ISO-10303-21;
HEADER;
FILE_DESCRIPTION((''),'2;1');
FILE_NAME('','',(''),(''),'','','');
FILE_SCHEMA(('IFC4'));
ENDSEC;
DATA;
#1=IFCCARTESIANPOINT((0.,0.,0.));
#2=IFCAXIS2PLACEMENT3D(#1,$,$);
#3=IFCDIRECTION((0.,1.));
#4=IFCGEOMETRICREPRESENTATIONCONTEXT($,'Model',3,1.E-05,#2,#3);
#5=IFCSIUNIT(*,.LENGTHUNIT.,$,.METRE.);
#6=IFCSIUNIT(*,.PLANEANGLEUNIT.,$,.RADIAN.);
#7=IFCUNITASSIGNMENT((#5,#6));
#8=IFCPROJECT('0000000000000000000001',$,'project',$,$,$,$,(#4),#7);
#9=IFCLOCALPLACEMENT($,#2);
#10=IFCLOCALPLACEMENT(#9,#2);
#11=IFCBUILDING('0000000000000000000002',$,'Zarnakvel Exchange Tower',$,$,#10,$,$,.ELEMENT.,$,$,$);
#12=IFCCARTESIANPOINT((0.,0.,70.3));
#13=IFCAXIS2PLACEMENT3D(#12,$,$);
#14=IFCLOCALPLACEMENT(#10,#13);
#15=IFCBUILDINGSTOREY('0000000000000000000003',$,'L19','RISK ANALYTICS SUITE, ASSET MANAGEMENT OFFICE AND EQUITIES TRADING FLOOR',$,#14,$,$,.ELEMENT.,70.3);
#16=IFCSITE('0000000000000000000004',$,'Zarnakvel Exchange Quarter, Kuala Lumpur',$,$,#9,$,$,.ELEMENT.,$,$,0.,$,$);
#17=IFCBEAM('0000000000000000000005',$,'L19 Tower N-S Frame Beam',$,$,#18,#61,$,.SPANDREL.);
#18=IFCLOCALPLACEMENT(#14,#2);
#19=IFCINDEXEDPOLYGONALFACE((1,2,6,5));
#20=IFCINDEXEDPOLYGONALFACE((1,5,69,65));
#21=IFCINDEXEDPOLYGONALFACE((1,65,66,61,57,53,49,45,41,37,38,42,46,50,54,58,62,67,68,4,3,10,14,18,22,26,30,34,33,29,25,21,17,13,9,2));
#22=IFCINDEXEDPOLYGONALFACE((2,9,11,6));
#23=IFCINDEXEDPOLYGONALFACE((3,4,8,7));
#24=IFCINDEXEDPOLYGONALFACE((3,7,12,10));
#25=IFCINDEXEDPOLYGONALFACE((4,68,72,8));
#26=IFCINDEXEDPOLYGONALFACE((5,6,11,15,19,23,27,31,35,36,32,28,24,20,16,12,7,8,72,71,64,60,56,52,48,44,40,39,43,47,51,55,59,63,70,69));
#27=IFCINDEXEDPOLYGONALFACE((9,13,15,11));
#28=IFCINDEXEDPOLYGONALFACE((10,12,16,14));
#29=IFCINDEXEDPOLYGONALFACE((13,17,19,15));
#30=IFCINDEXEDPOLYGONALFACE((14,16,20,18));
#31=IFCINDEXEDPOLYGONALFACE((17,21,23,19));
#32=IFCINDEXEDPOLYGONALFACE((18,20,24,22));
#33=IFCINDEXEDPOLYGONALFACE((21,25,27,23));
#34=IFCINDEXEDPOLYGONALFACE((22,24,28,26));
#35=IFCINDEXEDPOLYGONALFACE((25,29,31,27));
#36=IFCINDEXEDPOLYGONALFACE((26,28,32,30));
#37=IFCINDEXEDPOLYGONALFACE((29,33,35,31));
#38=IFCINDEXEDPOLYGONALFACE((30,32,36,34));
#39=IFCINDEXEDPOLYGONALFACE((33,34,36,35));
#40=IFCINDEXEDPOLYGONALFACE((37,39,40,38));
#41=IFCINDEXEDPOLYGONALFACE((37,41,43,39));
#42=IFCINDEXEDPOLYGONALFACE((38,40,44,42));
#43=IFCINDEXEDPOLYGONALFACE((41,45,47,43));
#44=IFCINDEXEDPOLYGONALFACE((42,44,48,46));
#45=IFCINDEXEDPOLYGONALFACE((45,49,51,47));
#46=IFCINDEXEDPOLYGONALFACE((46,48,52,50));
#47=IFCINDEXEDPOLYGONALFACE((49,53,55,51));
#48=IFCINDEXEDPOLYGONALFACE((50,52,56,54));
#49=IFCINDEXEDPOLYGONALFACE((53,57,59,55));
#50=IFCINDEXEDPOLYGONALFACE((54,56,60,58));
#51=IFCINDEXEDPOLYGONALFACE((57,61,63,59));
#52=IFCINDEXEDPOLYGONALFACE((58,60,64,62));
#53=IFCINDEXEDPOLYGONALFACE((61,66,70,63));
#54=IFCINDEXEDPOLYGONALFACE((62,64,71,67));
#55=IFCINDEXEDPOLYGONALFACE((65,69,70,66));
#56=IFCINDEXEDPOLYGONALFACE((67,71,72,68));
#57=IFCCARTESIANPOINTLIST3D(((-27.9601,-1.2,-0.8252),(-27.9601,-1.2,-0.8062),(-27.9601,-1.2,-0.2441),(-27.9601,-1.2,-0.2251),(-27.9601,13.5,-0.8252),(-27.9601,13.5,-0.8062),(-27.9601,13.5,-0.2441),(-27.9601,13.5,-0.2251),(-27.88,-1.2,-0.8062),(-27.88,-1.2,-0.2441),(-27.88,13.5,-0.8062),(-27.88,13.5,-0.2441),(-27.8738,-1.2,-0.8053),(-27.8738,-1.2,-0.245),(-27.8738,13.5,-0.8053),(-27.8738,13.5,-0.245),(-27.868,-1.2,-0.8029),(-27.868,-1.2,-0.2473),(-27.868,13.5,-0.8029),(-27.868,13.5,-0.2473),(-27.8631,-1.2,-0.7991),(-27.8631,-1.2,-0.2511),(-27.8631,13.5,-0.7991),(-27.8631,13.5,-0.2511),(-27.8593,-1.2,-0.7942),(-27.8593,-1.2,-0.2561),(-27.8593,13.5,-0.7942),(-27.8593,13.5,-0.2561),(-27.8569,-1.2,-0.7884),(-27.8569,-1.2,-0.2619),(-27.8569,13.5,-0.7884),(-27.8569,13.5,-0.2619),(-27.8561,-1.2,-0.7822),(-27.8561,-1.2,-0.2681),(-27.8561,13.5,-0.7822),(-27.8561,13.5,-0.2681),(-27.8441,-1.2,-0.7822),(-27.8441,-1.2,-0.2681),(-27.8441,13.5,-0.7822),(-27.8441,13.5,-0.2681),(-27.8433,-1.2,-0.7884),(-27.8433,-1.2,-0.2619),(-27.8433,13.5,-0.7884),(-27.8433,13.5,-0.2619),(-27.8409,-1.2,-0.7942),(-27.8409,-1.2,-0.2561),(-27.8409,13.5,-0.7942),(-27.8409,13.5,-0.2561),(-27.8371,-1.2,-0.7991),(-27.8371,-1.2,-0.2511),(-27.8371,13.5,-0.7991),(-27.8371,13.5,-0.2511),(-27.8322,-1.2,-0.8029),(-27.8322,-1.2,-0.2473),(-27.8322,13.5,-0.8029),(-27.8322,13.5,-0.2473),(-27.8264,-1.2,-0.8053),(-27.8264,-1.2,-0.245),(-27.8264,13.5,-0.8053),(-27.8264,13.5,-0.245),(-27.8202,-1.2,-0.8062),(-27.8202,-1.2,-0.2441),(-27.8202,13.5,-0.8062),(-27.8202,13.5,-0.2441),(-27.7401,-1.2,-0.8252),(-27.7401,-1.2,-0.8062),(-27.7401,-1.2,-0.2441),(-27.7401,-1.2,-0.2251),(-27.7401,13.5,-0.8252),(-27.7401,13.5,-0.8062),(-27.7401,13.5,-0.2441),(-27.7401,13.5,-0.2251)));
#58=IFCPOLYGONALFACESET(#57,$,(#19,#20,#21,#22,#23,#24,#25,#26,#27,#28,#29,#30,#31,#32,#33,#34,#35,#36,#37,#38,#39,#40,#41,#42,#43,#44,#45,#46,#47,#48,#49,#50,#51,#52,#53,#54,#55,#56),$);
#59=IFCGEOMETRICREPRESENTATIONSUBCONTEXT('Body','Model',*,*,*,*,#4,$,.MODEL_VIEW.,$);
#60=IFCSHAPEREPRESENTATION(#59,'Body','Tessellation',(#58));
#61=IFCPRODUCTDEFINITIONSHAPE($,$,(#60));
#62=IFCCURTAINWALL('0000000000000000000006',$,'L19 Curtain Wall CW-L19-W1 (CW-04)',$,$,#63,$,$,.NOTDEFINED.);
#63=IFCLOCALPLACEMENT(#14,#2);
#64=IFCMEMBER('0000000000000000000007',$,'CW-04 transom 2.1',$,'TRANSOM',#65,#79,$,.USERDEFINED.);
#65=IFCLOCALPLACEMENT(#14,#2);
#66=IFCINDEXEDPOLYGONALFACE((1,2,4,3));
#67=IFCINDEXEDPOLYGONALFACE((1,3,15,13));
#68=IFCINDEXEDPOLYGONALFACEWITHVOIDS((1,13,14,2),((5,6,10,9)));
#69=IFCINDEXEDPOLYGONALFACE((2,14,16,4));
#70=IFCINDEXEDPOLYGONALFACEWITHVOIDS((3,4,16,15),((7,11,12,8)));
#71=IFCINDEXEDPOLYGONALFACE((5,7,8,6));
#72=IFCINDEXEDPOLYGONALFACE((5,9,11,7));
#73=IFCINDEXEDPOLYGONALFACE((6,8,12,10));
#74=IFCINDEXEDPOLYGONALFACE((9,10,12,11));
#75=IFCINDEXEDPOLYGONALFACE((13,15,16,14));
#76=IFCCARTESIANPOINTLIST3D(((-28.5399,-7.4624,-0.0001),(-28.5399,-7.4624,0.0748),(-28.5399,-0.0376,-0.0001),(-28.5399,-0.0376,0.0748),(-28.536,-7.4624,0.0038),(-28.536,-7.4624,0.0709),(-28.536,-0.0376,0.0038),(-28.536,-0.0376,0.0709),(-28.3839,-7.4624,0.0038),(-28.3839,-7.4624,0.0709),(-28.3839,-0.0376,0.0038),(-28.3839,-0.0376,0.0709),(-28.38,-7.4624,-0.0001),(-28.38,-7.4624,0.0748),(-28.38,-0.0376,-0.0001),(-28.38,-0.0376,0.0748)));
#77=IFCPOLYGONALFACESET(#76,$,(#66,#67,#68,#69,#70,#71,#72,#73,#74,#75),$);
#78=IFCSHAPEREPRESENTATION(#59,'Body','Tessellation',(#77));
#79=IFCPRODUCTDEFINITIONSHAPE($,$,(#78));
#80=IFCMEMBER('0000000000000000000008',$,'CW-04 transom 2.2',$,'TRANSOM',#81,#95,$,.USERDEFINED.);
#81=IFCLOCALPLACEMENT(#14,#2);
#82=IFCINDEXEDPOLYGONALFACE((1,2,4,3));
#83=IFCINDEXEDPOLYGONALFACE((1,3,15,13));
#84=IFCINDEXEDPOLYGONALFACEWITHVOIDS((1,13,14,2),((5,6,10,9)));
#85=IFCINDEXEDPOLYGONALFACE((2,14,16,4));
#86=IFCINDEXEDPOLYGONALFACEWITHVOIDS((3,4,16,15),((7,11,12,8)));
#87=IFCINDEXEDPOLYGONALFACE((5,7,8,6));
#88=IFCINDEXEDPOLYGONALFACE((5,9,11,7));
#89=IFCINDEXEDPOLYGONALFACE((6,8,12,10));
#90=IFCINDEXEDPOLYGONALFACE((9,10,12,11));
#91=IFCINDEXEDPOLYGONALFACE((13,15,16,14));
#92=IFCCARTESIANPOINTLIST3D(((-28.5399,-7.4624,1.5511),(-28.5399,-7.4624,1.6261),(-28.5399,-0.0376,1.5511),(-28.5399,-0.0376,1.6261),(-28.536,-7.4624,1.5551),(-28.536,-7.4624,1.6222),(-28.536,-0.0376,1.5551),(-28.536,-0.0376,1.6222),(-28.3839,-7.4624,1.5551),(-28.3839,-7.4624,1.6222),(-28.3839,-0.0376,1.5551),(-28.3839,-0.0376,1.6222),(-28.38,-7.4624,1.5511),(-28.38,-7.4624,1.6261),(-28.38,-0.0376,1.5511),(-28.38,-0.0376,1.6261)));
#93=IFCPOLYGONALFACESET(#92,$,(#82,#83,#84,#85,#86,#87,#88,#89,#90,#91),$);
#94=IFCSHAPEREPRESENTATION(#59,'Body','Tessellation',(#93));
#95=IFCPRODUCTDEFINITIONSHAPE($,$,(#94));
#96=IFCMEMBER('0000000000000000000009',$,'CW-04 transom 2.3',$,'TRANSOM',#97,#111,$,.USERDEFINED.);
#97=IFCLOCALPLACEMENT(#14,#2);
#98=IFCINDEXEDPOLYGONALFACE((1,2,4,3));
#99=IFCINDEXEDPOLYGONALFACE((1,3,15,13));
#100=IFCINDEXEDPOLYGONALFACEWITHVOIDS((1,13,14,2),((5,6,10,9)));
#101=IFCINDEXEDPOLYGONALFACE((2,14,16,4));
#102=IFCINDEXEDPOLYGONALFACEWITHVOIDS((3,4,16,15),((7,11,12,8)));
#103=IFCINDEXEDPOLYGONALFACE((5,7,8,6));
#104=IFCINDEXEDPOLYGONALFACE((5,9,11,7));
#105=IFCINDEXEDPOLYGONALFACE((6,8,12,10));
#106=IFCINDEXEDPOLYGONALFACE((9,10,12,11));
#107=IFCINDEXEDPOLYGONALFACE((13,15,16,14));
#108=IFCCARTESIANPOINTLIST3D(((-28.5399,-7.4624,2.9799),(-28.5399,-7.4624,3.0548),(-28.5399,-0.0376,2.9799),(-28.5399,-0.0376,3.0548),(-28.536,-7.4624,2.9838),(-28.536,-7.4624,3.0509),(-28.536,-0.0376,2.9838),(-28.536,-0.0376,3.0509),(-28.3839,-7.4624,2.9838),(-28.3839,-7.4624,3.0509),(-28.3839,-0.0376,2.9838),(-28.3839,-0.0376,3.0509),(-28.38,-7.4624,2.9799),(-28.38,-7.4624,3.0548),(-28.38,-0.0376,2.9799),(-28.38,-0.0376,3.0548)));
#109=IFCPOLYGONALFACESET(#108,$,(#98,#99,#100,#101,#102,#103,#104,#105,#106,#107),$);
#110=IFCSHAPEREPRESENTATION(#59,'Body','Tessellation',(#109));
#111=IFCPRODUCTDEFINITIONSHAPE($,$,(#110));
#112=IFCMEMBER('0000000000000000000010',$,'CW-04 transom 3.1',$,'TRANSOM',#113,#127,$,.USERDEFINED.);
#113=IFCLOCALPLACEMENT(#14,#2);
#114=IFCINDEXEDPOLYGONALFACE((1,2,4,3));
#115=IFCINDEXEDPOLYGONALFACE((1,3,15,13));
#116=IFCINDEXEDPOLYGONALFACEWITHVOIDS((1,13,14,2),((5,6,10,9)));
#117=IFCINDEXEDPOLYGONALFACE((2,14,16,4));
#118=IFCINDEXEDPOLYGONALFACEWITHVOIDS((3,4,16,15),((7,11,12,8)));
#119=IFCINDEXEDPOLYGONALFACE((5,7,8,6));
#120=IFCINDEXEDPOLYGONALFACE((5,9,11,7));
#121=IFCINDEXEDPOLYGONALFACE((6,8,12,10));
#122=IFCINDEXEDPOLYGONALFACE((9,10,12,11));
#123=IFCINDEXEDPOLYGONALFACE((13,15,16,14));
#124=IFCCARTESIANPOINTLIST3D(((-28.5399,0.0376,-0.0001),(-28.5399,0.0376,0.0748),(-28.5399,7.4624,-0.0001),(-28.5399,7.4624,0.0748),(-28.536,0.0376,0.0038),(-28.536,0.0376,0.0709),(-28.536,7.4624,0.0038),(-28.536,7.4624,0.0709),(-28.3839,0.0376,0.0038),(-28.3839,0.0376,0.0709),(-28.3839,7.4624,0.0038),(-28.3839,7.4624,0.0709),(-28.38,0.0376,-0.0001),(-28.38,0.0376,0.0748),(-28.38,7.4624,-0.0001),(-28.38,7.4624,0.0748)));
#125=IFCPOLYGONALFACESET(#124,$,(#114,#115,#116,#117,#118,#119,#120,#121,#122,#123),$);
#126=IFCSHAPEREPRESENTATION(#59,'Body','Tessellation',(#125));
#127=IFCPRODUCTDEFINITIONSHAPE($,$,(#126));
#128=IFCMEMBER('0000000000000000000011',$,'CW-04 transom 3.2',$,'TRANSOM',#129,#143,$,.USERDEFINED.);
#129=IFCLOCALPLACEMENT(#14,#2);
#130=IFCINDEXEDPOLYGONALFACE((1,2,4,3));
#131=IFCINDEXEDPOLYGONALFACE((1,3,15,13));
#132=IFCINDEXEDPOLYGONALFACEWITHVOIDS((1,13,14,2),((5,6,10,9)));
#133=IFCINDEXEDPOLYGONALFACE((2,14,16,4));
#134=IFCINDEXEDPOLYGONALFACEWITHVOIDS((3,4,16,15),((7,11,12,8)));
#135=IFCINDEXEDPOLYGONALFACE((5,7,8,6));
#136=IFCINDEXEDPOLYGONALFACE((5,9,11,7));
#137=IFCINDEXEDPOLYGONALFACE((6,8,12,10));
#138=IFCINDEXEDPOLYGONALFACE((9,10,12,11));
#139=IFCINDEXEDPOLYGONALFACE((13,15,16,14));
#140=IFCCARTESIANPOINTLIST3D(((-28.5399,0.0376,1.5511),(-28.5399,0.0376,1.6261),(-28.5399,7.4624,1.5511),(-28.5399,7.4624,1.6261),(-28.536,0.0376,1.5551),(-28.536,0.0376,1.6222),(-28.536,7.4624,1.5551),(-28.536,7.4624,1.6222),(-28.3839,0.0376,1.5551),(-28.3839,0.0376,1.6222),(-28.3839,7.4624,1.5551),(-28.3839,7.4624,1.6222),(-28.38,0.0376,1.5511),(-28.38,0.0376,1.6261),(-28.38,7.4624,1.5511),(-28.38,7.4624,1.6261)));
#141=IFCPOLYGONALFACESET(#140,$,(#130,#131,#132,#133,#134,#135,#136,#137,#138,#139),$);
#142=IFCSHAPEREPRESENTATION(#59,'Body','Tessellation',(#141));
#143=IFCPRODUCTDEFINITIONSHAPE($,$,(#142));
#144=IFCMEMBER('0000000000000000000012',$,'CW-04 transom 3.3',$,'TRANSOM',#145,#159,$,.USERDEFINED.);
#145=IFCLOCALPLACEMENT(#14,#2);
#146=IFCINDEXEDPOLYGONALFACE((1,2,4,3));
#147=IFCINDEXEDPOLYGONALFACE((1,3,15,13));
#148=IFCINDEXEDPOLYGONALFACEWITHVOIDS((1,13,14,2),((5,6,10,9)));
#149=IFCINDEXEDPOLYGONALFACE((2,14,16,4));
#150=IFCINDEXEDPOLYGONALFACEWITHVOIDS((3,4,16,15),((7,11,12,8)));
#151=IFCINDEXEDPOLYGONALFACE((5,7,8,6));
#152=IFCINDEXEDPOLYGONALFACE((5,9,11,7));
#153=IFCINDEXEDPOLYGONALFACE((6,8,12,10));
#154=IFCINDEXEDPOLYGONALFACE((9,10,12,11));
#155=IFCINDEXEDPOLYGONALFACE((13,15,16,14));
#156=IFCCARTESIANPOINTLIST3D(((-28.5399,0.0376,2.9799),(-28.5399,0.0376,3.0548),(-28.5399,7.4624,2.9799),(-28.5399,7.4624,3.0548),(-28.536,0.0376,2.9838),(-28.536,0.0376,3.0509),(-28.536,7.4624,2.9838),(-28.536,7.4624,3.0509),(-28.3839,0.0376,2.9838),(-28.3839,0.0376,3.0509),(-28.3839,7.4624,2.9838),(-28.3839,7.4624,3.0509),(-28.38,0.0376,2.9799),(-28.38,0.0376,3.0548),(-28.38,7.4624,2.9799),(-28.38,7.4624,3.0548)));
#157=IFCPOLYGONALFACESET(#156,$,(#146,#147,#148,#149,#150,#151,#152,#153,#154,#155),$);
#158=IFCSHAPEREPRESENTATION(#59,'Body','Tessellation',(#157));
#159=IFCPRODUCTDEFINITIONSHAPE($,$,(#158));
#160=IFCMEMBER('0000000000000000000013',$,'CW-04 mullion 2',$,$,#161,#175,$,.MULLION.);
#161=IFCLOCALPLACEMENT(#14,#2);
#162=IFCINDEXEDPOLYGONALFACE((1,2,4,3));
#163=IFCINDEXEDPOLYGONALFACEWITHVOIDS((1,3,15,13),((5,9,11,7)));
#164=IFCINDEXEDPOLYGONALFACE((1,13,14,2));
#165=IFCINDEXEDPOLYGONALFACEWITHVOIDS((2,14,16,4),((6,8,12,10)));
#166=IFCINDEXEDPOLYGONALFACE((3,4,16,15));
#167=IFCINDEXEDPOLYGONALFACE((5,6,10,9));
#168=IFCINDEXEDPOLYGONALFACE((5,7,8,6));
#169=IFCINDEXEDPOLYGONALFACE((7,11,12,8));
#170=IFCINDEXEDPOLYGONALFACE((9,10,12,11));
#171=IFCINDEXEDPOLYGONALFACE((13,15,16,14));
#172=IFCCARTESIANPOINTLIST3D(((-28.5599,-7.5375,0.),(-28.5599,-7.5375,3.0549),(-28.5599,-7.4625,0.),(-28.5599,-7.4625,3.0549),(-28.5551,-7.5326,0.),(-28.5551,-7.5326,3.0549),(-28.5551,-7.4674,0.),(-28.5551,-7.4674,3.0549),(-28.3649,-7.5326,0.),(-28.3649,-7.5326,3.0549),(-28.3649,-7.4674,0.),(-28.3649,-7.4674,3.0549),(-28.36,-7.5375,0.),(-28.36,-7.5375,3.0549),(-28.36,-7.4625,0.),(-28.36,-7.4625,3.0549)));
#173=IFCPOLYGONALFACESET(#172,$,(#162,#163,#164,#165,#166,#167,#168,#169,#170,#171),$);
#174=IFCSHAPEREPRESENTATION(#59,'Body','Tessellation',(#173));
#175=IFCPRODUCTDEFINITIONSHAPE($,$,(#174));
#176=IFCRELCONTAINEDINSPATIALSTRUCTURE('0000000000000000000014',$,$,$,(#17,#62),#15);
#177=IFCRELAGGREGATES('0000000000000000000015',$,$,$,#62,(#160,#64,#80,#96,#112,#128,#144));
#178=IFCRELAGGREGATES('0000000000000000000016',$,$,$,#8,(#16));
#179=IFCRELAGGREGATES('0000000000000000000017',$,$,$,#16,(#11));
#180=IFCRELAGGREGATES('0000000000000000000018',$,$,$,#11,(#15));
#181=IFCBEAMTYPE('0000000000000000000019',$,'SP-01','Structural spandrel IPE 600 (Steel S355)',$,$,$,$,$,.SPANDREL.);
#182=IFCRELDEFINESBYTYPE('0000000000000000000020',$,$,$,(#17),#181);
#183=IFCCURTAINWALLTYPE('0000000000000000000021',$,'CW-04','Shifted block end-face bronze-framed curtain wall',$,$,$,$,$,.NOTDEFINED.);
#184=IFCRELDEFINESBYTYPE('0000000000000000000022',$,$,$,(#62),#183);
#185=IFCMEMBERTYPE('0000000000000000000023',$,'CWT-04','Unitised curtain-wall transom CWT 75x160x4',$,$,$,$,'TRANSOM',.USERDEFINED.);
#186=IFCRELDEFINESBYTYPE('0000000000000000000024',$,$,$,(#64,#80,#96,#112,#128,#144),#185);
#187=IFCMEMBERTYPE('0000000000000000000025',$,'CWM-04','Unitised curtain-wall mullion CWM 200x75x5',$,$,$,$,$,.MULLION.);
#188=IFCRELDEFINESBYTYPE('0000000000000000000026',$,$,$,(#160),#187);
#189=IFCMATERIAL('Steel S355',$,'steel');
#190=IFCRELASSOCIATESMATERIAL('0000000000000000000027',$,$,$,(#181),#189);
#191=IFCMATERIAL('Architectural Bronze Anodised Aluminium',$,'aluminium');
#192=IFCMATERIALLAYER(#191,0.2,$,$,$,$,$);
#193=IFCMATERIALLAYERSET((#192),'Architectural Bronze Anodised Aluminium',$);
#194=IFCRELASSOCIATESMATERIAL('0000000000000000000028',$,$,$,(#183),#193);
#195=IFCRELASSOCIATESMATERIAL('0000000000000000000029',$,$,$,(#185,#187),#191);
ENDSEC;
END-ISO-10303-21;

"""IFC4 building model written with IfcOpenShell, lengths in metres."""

from ifc_helpers import new_model, si_unit, direction, frame, origin, origin_2d, place, context, subcontext, project, spatial, hollow_rectangle, i_section, extrude, source, transform, mapped, material, layer, layer_set, material_profile, profile_set, type_object, element, aggregate, save


model = new_model("IFC4")

# Units and contexts
model_context = context("Model", 3, precision=1e-05, world=origin(), true_north=direction((0.0, 1.0)))
body_context = subcontext(model_context, "Body", "Model", "MODEL_VIEW")
ifc_project = project(units=[si_unit("LENGTHUNIT", "METRE"), si_unit("PLANEANGLEUNIT", "RADIAN")], contexts=[model_context])

# Site, building, storey
site_placement = place(None, origin())
site = spatial("IfcSite", under=ifc_project, at=site_placement, Name="Zarnakvel Exchange Quarter, Kuala Lumpur", CompositionType="ELEMENT", RefElevation=0.0)
building_placement = place(site_placement, origin())
building = spatial("IfcBuilding", under=site, at=building_placement, Name="Zarnakvel Exchange Tower", CompositionType="ELEMENT")
storey_placement = place(building_placement, frame((0.0, 0.0, 70.3)))
storey = spatial("IfcBuildingStorey", under=building, at=storey_placement, Name="L19", Description="RISK ANALYTICS SUITE, ASSET MANAGEMENT OFFICE AND EQUITIES TRADING FLOOR", CompositionType="ELEMENT", Elevation=70.3)

# Shared definitions
ifc_material_1 = material(Name="Steel S355", Category="steel")

# Beam
ifc_material_profile_1 = material_profile(ifc_material_1, i_section(OverallWidth=0.22, OverallDepth=0.6001, WebThickness=0.012, FlangeThickness=0.019, FilletRadius=0.0239, at=origin_2d()))
ifc_profile_set_1 = profile_set([ifc_material_profile_1], Name="Steel S355")
beam_type_1 = type_object("IfcBeamType", Name="SP-01", Description="Structural spandrel IPE 600 (Steel S355)", PredefinedType="SPANDREL", material=ifc_profile_set_1)
beam_1_placement = place(storey_placement, frame((-27.8501, -1.2, -0.5251), z_axis=(0.0, 1.0, 0.0), x_axis=(-1.0, 0.0, 0.0)))
element("IfcBeam", 1, at=beam_1_placement, inside=storey, type_object=beam_type_1, Name="L19 Tower N-S Frame Beam", PredefinedType="SPANDREL", context=body_context, shape_type="SweptSolid", body=[
    extrude(i_section(OverallWidth=0.22, OverallDepth=0.6001, WebThickness=0.012, FlangeThickness=0.019, FilletRadius=0.0239, at=origin_2d()), origin(), (0.0, 0.0, 1.0), 14.7),
])

# Curtain wall, members
ifc_material_2 = material(Name="Architectural Bronze Anodised Aluminium", Category="aluminium")
ifc_layer_1 = layer(ifc_material_2, 0.2)
ifc_layer_set_1 = layer_set([ifc_layer_1], Name="Architectural Bronze Anodised Aluminium")
curtain_wall_type = type_object("IfcCurtainWallType", Name="CW-04", Description="Shifted block end-face bronze-framed curtain wall", PredefinedType="NOTDEFINED", material=ifc_layer_set_1)
curtain_wall_placement = place(storey_placement, origin())
curtain_wall = element("IfcCurtainWall", 2, at=curtain_wall_placement, inside=storey, type_object=curtain_wall_type, Name="L19 Curtain Wall CW-L19-W1 (CW-04)", PredefinedType="NOTDEFINED")
ifc_material_profile_2 = material_profile(ifc_material_2, hollow_rectangle(XDim=0.1599, YDim=0.075, WallThickness=0.0039, at=origin_2d()))
ifc_profile_set_2 = profile_set([ifc_material_profile_2], Name="Architectural Bronze Anodised Aluminium")
member_type_1 = type_object("IfcMemberType", Name="CWT-04", Description="Unitised curtain-wall transom CWT 75x160x4", ElementType="TRANSOM", PredefinedType="USERDEFINED", material=ifc_profile_set_2)
shared_shape_1 = source(origin(), body_context, "Body", "SweptSolid", [
    extrude(hollow_rectangle(XDim=0.1599, YDim=0.075, WallThickness=0.0039, at=origin_2d()), origin(), (0.0, 0.0, 1.0), 7.4248),
])
member_1_placement = place(storey_placement, frame((-28.46, -7.4624, 0.0374), z_axis=(0.0, 1.0, 0.0), x_axis=(-1.0, 0.0, 0.0)))
member_1 = element("IfcMember", 3, at=member_1_placement, type_object=member_type_1, Name="CW-04 transom 2.1", ObjectType="TRANSOM", PredefinedType="USERDEFINED", context=body_context, shape_type="MappedRepresentation", body=[
    mapped(shared_shape_1, transform((0.0, 0.0, 0.0), x_axis=(1.0, 0.0, 0.0), y_axis=(0.0, 1.0, 0.0), z_axis=(0.0, 0.0, 1.0), scale=1.0)),
])
member_2_placement = place(storey_placement, frame((-28.46, -7.4624, 1.5886), z_axis=(0.0, 1.0, 0.0), x_axis=(-1.0, 0.0, 0.0)))
member_2 = element("IfcMember", 4, at=member_2_placement, type_object=member_type_1, Name="CW-04 transom 2.2", ObjectType="TRANSOM", PredefinedType="USERDEFINED", context=body_context, shape_type="MappedRepresentation", body=[
    mapped(shared_shape_1, transform((0.0, 0.0, 0.0), x_axis=(1.0, 0.0, 0.0), y_axis=(0.0, 1.0, 0.0), z_axis=(0.0, 0.0, 1.0), scale=1.0)),
])
member_3_placement = place(storey_placement, frame((-28.46, -7.4624, 3.0173), z_axis=(0.0, 1.0, 0.0), x_axis=(-1.0, 0.0, 0.0)))
member_3 = element("IfcMember", 5, at=member_3_placement, type_object=member_type_1, Name="CW-04 transom 2.3", ObjectType="TRANSOM", PredefinedType="USERDEFINED", context=body_context, shape_type="MappedRepresentation", body=[
    mapped(shared_shape_1, transform((0.0, 0.0, 0.0), x_axis=(1.0, 0.0, 0.0), y_axis=(0.0, 1.0, 0.0), z_axis=(0.0, 0.0, 1.0), scale=1.0)),
])
member_4_placement = place(storey_placement, frame((-28.46, 0.0376, 0.0374), z_axis=(0.0, 1.0, 0.0), x_axis=(-1.0, 0.0, 0.0)))
member_4 = element("IfcMember", 6, at=member_4_placement, type_object=member_type_1, Name="CW-04 transom 3.1", ObjectType="TRANSOM", PredefinedType="USERDEFINED", context=body_context, shape_type="MappedRepresentation", body=[
    mapped(shared_shape_1, transform((0.0, 0.0, 0.0), x_axis=(1.0, 0.0, 0.0), y_axis=(0.0, 1.0, 0.0), z_axis=(0.0, 0.0, 1.0), scale=1.0)),
])
member_5_placement = place(storey_placement, frame((-28.46, 0.0376, 1.5886), z_axis=(0.0, 1.0, 0.0), x_axis=(-1.0, 0.0, 0.0)))
member_5 = element("IfcMember", 7, at=member_5_placement, type_object=member_type_1, Name="CW-04 transom 3.2", ObjectType="TRANSOM", PredefinedType="USERDEFINED", context=body_context, shape_type="MappedRepresentation", body=[
    mapped(shared_shape_1, transform((0.0, 0.0, 0.0), x_axis=(1.0, 0.0, 0.0), y_axis=(0.0, 1.0, 0.0), z_axis=(0.0, 0.0, 1.0), scale=1.0)),
])
member_6_placement = place(storey_placement, frame((-28.46, 0.0376, 3.0173), z_axis=(0.0, 1.0, 0.0), x_axis=(-1.0, 0.0, 0.0)))
member_6 = element("IfcMember", 8, at=member_6_placement, type_object=member_type_1, Name="CW-04 transom 3.3", ObjectType="TRANSOM", PredefinedType="USERDEFINED", context=body_context, shape_type="MappedRepresentation", body=[
    mapped(shared_shape_1, transform((0.0, 0.0, 0.0), x_axis=(1.0, 0.0, 0.0), y_axis=(0.0, 1.0, 0.0), z_axis=(0.0, 0.0, 1.0), scale=1.0)),
])
ifc_material_profile_3 = material_profile(ifc_material_2, hollow_rectangle(XDim=0.2, YDim=0.075, WallThickness=0.0049, at=origin_2d()))
ifc_profile_set_3 = profile_set([ifc_material_profile_3], Name="Architectural Bronze Anodised Aluminium")
member_type_2 = type_object("IfcMemberType", Name="CWM-04", Description="Unitised curtain-wall mullion CWM 200x75x5", PredefinedType="MULLION", material=ifc_profile_set_3)
shared_shape_2 = source(origin(), body_context, "Body", "SweptSolid", [
    extrude(hollow_rectangle(XDim=0.2, YDim=0.075, WallThickness=0.0049, at=origin_2d()), origin(), (0.0, 0.0, 1.0), 3.0549),
])
member_7_placement = place(storey_placement, frame((-28.46, -7.5, 0.0), z_axis=(0.0, 0.0, 1.0), x_axis=(-1.0, 0.0, 0.0)))
member_7 = element("IfcMember", 9, at=member_7_placement, type_object=member_type_2, Name="CW-04 mullion 2", PredefinedType="MULLION", context=body_context, shape_type="MappedRepresentation", body=[
    mapped(shared_shape_2, transform((0.0, 0.0, 0.0), x_axis=(1.0, 0.0, 0.0), y_axis=(0.0, 1.0, 0.0), z_axis=(0.0, 0.0, 1.0), scale=1.0)),
])
aggregate(curtain_wall, [member_7, member_1, member_2, member_3, member_4, member_5, member_6])

save(model, "model.ifc")
